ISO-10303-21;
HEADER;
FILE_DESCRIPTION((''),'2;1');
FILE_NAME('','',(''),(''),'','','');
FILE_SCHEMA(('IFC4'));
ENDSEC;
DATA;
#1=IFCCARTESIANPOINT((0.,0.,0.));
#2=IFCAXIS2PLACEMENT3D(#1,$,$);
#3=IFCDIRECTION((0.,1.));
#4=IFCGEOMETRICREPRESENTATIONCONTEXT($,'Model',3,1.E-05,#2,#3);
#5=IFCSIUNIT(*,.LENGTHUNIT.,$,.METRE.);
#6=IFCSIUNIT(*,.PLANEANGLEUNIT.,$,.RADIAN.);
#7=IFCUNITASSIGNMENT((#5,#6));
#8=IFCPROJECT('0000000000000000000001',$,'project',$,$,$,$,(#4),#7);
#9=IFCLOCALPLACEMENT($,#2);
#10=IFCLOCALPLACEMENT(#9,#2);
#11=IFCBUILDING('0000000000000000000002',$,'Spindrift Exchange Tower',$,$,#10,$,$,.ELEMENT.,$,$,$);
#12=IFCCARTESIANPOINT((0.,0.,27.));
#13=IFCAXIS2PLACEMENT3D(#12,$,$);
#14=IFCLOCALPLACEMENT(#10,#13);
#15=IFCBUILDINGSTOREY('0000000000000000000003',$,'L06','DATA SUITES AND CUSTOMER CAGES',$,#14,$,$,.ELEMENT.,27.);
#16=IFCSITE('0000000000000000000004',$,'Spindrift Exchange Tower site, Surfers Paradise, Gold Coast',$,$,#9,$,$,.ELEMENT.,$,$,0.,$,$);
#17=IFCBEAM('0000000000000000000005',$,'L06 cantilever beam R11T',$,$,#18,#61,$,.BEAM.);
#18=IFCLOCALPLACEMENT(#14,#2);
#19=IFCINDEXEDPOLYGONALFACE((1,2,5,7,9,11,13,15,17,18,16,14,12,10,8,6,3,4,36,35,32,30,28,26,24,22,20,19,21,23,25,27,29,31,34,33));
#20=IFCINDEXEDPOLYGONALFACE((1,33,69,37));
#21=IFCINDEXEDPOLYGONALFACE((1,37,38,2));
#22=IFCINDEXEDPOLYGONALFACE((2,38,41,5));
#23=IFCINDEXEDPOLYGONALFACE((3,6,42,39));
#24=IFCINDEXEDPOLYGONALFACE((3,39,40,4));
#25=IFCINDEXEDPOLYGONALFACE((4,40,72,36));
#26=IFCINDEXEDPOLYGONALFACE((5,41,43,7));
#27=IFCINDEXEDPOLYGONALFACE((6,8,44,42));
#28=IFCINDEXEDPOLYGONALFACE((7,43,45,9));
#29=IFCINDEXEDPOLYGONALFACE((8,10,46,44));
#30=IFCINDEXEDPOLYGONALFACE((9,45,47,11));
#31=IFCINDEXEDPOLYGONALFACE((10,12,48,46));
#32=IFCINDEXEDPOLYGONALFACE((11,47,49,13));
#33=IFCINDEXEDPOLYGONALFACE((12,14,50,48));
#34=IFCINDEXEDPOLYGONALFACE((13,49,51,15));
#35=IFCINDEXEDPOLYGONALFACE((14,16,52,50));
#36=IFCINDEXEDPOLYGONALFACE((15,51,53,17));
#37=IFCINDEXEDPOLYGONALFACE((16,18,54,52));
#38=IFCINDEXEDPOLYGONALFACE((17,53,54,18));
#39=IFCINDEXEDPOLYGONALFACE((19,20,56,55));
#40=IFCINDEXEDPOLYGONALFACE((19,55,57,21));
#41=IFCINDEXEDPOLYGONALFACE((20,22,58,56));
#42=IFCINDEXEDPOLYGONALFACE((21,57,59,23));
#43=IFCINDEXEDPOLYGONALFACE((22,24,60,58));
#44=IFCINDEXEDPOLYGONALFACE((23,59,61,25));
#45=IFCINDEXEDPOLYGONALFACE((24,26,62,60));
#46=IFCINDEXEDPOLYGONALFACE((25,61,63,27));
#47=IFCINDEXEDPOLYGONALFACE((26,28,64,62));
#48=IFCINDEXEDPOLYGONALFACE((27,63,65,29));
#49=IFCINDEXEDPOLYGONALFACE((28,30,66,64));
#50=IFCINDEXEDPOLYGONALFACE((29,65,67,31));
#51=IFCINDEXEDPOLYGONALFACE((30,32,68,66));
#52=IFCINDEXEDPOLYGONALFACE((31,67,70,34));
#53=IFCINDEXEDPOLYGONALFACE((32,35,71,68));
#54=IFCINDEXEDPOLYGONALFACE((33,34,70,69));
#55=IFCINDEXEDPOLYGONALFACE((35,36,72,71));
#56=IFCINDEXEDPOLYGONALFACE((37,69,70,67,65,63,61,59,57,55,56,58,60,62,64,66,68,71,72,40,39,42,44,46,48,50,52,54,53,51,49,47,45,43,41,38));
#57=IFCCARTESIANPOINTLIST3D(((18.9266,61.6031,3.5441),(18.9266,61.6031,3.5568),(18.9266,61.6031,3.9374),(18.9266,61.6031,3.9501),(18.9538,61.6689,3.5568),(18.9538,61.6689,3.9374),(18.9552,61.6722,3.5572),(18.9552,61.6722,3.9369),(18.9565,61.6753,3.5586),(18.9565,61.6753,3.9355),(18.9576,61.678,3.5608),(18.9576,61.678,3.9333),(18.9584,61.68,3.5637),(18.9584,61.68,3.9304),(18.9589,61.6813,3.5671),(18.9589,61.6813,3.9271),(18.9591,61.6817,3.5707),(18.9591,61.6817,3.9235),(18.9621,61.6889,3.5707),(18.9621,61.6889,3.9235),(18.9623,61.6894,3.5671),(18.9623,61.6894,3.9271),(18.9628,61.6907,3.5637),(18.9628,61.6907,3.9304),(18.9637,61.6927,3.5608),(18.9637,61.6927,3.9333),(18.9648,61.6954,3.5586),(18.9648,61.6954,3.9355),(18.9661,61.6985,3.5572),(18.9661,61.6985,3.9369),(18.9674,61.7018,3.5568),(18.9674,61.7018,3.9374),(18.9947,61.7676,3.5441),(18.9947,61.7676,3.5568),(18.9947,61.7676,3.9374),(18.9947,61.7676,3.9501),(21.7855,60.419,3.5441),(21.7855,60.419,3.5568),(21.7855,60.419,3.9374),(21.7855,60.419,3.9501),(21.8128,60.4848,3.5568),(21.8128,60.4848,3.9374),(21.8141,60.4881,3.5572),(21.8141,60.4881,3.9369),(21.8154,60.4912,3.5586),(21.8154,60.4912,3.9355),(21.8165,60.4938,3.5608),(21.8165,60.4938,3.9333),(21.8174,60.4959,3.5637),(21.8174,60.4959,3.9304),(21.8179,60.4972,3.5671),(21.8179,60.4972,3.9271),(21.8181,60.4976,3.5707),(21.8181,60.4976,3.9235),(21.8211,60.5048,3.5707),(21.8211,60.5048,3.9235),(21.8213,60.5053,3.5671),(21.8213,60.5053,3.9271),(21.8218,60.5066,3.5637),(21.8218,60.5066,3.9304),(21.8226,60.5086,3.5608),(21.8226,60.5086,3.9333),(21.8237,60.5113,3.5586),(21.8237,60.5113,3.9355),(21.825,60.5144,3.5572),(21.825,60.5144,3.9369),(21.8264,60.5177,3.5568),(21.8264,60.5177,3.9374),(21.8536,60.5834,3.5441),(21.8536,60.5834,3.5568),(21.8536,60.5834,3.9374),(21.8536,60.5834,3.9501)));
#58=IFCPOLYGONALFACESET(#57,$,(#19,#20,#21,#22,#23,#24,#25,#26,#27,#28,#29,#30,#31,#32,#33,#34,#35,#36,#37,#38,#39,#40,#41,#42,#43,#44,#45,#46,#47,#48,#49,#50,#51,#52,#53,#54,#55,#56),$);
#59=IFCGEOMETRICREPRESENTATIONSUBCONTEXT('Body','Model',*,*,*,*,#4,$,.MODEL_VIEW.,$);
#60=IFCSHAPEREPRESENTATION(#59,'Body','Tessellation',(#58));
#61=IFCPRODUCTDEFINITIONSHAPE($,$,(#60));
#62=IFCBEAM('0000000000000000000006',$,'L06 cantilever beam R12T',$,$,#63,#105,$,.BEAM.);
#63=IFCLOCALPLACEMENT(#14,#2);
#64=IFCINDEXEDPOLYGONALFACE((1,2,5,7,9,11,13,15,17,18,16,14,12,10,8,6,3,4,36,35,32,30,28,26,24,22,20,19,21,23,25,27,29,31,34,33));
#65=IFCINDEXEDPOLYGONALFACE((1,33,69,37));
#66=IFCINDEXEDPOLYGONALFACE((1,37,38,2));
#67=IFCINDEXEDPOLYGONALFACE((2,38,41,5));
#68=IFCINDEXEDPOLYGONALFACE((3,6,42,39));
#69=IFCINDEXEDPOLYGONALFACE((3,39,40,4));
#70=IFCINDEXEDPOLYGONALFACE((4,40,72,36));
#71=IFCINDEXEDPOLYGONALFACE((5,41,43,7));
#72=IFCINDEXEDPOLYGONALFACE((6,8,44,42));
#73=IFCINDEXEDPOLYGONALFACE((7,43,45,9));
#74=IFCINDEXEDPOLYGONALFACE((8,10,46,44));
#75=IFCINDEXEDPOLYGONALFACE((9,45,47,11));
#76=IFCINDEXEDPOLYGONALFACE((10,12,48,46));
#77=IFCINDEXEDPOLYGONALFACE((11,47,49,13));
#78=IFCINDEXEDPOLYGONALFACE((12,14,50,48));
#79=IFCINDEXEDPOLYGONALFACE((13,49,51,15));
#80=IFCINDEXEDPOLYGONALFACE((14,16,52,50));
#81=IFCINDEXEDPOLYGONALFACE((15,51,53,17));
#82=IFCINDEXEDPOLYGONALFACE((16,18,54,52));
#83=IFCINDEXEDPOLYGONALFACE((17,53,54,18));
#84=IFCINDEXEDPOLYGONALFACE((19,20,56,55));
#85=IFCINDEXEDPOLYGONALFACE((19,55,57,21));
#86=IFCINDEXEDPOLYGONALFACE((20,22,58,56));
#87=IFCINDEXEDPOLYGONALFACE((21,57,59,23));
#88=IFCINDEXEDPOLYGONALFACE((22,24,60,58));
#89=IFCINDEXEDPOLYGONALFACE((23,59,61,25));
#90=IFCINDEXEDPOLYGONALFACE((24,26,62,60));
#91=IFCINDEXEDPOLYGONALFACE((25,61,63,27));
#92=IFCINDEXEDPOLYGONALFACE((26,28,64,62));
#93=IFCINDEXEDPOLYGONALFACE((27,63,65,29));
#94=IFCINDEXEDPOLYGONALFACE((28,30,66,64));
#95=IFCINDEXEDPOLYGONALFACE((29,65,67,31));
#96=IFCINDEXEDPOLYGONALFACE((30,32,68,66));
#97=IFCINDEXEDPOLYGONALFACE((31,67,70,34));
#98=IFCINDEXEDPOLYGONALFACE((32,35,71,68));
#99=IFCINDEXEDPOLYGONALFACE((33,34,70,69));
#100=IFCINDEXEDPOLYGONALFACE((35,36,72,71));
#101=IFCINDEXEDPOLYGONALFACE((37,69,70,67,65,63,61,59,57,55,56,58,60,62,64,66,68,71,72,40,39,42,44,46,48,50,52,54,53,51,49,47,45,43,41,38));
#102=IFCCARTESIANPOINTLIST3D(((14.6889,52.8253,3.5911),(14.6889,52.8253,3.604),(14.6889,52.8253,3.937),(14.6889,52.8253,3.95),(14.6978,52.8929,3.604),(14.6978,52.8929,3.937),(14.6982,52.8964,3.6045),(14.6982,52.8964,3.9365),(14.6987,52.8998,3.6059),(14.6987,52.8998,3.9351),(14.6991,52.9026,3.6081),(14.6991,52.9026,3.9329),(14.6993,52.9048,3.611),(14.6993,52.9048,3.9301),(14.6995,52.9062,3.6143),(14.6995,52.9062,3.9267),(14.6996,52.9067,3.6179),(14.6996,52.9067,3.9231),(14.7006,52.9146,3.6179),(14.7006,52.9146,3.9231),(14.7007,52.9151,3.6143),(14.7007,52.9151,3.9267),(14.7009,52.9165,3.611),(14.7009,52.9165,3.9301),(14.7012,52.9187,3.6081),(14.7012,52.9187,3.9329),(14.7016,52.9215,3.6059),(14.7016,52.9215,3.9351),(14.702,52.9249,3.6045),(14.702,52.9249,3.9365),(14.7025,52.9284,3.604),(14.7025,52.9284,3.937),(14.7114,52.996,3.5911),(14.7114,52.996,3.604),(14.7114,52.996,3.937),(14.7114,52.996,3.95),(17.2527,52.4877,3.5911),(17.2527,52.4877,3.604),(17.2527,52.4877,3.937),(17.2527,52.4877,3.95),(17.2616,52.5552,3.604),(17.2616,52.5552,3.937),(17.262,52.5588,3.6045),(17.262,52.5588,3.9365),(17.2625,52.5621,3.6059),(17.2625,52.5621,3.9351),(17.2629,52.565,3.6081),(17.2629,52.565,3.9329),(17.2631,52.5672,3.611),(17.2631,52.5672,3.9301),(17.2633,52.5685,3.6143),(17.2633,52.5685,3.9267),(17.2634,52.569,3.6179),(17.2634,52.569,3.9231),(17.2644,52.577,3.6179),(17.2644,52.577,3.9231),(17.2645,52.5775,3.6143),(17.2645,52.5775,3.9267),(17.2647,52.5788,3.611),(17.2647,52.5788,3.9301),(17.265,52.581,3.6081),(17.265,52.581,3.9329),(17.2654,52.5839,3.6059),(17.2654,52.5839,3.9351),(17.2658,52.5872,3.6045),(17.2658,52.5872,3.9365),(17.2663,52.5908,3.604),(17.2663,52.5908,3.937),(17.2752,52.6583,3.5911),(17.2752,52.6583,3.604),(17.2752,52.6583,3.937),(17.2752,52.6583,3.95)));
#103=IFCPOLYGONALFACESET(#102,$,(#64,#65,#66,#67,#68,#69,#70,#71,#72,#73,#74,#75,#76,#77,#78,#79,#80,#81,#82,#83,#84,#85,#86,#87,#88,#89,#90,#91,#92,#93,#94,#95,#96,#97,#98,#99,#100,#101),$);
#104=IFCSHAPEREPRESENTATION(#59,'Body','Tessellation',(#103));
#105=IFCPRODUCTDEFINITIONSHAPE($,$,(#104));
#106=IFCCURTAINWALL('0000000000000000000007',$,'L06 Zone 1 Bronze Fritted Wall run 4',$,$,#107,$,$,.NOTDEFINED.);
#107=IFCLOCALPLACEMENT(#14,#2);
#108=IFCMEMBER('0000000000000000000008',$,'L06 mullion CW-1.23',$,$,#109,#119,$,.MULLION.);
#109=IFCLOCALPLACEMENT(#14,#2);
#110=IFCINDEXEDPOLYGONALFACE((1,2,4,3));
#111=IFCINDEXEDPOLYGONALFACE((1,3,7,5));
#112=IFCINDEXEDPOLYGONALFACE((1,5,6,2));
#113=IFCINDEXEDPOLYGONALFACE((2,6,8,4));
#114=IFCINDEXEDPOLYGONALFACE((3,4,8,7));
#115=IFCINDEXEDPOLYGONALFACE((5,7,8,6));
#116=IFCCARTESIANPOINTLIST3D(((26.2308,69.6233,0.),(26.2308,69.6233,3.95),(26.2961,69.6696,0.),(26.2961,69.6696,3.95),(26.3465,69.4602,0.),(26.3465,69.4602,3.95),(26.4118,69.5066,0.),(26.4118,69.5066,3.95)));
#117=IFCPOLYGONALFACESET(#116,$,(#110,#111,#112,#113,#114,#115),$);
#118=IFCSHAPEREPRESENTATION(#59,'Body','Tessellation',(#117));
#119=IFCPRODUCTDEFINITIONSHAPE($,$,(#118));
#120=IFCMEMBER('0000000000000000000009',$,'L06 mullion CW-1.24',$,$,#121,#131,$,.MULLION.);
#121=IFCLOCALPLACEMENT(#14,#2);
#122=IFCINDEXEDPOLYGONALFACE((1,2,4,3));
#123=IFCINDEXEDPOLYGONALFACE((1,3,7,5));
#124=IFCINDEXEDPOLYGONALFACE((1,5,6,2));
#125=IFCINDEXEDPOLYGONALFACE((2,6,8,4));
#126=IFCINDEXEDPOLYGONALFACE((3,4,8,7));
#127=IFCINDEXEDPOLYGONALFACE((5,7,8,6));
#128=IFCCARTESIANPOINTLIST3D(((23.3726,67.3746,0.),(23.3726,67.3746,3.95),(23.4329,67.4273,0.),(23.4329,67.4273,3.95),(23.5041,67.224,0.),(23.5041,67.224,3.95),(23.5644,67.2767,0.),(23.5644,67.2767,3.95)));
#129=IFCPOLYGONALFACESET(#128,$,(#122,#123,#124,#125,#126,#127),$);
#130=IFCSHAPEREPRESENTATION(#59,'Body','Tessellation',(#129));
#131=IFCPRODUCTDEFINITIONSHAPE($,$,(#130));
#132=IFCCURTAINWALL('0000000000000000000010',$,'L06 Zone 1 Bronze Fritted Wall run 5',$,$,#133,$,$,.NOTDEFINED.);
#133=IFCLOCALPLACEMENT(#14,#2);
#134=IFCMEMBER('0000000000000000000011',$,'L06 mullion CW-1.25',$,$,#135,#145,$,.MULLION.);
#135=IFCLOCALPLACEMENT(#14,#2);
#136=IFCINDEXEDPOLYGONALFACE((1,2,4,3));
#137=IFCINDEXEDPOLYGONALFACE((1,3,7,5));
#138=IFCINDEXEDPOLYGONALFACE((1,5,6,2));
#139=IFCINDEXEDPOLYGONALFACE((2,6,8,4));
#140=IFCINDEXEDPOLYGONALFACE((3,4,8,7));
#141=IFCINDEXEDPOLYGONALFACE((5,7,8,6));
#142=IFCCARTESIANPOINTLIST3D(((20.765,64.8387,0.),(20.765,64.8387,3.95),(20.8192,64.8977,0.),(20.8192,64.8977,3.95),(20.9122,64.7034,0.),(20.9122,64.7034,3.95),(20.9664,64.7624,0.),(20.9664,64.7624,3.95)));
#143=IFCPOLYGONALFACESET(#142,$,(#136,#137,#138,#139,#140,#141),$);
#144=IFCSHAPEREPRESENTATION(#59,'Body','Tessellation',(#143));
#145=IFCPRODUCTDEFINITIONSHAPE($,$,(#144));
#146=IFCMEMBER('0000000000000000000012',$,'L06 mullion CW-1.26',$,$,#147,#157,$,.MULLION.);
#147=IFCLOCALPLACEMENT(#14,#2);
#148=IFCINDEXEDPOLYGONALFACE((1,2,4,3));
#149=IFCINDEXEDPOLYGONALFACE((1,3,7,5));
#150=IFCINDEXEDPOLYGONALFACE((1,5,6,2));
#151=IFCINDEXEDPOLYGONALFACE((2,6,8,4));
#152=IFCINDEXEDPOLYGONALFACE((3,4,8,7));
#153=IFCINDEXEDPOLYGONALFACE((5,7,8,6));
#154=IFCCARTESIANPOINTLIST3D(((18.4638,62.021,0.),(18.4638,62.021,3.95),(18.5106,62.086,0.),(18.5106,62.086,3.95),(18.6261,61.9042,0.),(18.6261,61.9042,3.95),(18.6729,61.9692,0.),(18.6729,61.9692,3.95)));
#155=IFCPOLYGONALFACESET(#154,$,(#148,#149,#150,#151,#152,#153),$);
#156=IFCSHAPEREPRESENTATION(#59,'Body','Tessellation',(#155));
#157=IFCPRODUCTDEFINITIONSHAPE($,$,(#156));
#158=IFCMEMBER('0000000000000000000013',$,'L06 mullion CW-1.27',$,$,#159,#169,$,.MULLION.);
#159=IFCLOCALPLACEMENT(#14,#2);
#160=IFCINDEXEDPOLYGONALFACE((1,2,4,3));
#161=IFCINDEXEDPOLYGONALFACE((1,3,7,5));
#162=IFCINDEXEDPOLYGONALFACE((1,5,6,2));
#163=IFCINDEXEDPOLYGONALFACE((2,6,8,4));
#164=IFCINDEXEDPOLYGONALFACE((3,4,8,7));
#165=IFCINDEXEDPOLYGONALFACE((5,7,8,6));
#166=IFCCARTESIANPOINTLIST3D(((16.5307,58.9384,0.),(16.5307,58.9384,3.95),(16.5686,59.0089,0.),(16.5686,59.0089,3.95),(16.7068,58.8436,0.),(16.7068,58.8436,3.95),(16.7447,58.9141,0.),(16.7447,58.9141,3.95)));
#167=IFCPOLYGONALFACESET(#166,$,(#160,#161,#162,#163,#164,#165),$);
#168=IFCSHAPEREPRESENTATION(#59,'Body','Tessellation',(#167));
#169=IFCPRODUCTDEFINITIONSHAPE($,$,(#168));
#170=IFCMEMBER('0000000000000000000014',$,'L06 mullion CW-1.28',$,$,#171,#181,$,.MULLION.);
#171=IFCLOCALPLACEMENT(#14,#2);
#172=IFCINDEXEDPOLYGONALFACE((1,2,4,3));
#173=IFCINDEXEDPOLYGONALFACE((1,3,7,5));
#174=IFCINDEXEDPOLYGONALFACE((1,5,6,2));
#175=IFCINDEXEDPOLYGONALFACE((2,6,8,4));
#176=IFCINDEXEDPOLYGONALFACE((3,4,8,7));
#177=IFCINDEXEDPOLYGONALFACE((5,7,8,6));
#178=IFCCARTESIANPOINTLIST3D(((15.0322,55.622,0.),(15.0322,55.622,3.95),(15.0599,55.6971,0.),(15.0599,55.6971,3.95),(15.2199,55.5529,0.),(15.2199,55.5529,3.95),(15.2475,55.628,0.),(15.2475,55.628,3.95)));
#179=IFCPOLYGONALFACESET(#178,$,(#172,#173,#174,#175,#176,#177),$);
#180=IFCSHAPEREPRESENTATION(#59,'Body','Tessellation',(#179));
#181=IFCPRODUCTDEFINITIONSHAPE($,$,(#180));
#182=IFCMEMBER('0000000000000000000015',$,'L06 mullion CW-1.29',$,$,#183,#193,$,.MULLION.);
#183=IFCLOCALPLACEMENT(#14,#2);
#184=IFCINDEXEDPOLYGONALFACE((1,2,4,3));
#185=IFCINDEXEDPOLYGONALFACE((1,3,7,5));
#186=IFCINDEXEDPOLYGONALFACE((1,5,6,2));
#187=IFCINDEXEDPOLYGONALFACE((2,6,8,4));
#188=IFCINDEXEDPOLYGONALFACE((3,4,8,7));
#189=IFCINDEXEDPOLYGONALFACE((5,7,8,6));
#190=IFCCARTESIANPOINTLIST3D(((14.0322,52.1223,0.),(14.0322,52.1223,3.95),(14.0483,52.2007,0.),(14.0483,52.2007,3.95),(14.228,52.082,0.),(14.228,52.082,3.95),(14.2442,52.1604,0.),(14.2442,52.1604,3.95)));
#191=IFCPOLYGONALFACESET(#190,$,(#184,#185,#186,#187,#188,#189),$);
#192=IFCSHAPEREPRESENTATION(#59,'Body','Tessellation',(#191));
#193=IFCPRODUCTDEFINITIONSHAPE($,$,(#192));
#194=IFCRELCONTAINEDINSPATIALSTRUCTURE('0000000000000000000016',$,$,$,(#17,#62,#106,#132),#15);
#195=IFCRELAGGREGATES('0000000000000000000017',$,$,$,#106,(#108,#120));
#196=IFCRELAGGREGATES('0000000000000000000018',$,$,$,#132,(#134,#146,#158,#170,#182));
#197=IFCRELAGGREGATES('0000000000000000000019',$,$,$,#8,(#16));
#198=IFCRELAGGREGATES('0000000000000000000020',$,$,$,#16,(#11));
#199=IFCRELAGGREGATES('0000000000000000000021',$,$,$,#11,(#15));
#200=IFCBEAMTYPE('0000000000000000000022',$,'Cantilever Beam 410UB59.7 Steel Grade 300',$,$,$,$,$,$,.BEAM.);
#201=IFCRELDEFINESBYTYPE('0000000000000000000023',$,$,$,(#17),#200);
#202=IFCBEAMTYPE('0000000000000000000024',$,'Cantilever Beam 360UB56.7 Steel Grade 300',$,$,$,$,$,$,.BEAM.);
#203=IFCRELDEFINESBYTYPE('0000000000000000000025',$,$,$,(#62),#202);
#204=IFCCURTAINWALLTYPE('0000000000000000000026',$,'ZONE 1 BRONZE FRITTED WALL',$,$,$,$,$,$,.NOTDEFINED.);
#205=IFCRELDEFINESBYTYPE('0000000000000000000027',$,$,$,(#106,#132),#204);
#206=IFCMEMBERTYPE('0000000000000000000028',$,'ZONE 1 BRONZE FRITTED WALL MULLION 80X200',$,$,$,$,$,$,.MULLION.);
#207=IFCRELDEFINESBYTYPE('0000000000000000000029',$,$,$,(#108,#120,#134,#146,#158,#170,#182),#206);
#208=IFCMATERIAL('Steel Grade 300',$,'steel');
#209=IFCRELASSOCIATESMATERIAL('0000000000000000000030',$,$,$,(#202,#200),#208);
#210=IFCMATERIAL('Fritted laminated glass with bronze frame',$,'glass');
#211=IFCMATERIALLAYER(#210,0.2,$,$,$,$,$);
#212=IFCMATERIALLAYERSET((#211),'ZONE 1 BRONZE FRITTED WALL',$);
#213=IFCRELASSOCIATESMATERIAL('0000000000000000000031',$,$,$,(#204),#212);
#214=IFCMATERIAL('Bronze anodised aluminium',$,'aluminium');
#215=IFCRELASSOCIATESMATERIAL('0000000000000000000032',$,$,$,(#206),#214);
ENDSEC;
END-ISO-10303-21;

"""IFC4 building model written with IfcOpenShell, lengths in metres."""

from ifc_helpers import new_model, si_unit, direction, frame, origin, origin_2d, place, context, subcontext, project, spatial, rectangle, i_section, extrude, source, transform, mapped, material, layer, layer_set, material_profile, profile_set, type_object, element, aggregate, save


model = new_model("IFC4")

# Units and contexts
model_context = context("Model", 3, precision=1e-05, world=origin(), true_north=direction((0.0, 1.0)))
body_context = subcontext(model_context, "Body", "Model", "MODEL_VIEW")
ifc_project = project(units=[si_unit("LENGTHUNIT", "METRE"), si_unit("PLANEANGLEUNIT", "RADIAN")], contexts=[model_context])

# Site, building, storey
site_placement = place(None, origin())
site = spatial("IfcSite", under=ifc_project, at=site_placement, Name="Spindrift Exchange Tower site, Surfers Paradise, Gold Coast", CompositionType="ELEMENT", RefElevation=0.0)
building_placement = place(site_placement, origin())
building = spatial("IfcBuilding", under=site, at=building_placement, Name="Spindrift Exchange Tower", CompositionType="ELEMENT")
storey_placement = place(building_placement, frame((0.0, 0.0, 27.0)))
storey = spatial("IfcBuildingStorey", under=building, at=storey_placement, Name="L06", Description="DATA SUITES AND CUSTOMER CAGES", CompositionType="ELEMENT", Elevation=27.0)

# Beams
ifc_material_1 = material(Name="Steel Grade 300", Category="steel")
ifc_material_profile_1 = material_profile(ifc_material_1, i_section(OverallWidth=0.1721, OverallDepth=0.3589, WebThickness=0.0081, FlangeThickness=0.0129, FilletRadius=0.0139, at=origin_2d()), Name="360UB56.7")
ifc_profile_set_1 = profile_set([ifc_material_profile_1], Name="Steel Grade 300")
beam_type_1 = type_object("IfcBeamType", Name="Cantilever Beam 360UB56.7 Steel Grade 300", PredefinedType="BEAM", material=ifc_profile_set_1)
ifc_material_profile_2 = material_profile(ifc_material_1, i_section(OverallWidth=0.178, OverallDepth=0.406, WebThickness=0.0078, FlangeThickness=0.0127, FilletRadius=0.0139, at=origin_2d()), Name="410UB59.7")
ifc_profile_set_2 = profile_set([ifc_material_profile_2], Name="Steel Grade 300")
beam_type_2 = type_object("IfcBeamType", Name="Cantilever Beam 410UB59.7 Steel Grade 300", PredefinedType="BEAM", material=ifc_profile_set_2)
shared_shape_1 = source(origin(), body_context, "Body", "SweptSolid", [
    extrude(i_section(OverallWidth=0.178, OverallDepth=0.406, WebThickness=0.0078, FlangeThickness=0.0127, FilletRadius=0.0139, at=origin_2d()), origin(), (0.0, 0.0, 1.0), 3.0945),
])
beam_1_placement = place(storey_placement, frame((21.8196, 60.5012, 3.7471), z_axis=(-0.923892, 0.382654, 0.0), x_axis=(-0.382654, -0.923892, 0.0)))
element("IfcBeam", 1, at=beam_1_placement, inside=storey, type_object=beam_type_2, Name="L06 cantilever beam R11T", PredefinedType="BEAM", context=body_context, shape_type="MappedRepresentation", body=[
    mapped(shared_shape_1, transform((0.0, 0.0, 0.0), scale=1.0)),
])
shared_shape_2 = source(origin(), body_context, "Body", "SweptSolid", [
    extrude(i_section(OverallWidth=0.1721, OverallDepth=0.3589, WebThickness=0.0081, FlangeThickness=0.0129, FilletRadius=0.0139, at=origin_2d()), origin(), (0.0, 0.0, 1.0), 2.5859),
])
beam_2_placement = place(storey_placement, frame((17.2639, 52.573, 3.7705), z_axis=(-0.991439, 0.130574, 0.0), x_axis=(-0.130574, -0.991439, 0.0)))
element("IfcBeam", 2, at=beam_2_placement, inside=storey, type_object=beam_type_1, Name="L06 cantilever beam R12T", PredefinedType="BEAM", context=body_context, shape_type="MappedRepresentation", body=[
    mapped(shared_shape_2, transform((0.0, 0.0, 0.0), scale=1.0)),
])

# Curtain walls, members
ifc_material_2 = material(Name="Fritted laminated glass with bronze frame", Category="glass")
ifc_layer_1 = layer(ifc_material_2, 0.2)
ifc_layer_set_1 = layer_set([ifc_layer_1], Name="ZONE 1 BRONZE FRITTED WALL")
curtain_wall_type = type_object("IfcCurtainWallType", Name="ZONE 1 BRONZE FRITTED WALL", PredefinedType="NOTDEFINED", material=ifc_layer_set_1)
curtain_wall_1_placement = place(storey_placement, origin())
curtain_wall_1 = element("IfcCurtainWall", 3, at=curtain_wall_1_placement, inside=storey, type_object=curtain_wall_type, Name="L06 Zone 1 Bronze Fritted Wall run 4", PredefinedType="NOTDEFINED")
ifc_material_3 = material(Name="Bronze anodised aluminium", Category="aluminium")
ifc_material_profile_3 = material_profile(ifc_material_3, rectangle(XDim=0.0801, YDim=0.2, at=origin_2d()), Name="ZONE 1 BRONZE FRITTED WALL MULLION 80X200")
ifc_profile_set_3 = profile_set([ifc_material_profile_3], Name="Bronze anodised aluminium")
member_type_1 = type_object("IfcMemberType", Name="ZONE 1 BRONZE FRITTED WALL MULLION 80X200", PredefinedType="MULLION", material=ifc_profile_set_3)
shared_shape_3 = source(origin(), body_context, "Body", "SweptSolid", [
    extrude(rectangle(XDim=0.0801, YDim=0.2, at=origin_2d()), origin(), (0.0, 0.0, 1.0), 3.95),
])
member_1_placement = place(storey_placement, frame((26.3213, 69.5649, 0.0), z_axis=(0.0, 0.0, 1.0), x_axis=(-0.815613, -0.578599, 0.0)))
member_1 = element("IfcMember", 4, at=member_1_placement, type_object=member_type_1, Name="L06 mullion CW-1.23", PredefinedType="MULLION", context=body_context, shape_type="MappedRepresentation", body=[
    mapped(shared_shape_3, transform((0.0, 0.0, 0.0), scale=1.0)),
])
member_2_placement = place(storey_placement, frame((23.4685, 67.3257, 0.0), z_axis=(0.0, 0.0, 1.0), x_axis=(-0.753208, -0.657783, 0.0)))
member_2 = element("IfcMember", 5, at=member_2_placement, type_object=member_type_1, Name="L06 mullion CW-1.24", PredefinedType="MULLION", context=body_context, shape_type="MappedRepresentation", body=[
    mapped(shared_shape_3, transform((0.0, 0.0, 0.0), scale=1.0)),
])
curtain_wall_2_placement = place(storey_placement, origin())
curtain_wall_2 = element("IfcCurtainWall", 6, at=curtain_wall_2_placement, inside=storey, type_object=curtain_wall_type, Name="L06 Zone 1 Bronze Fritted Wall run 5", PredefinedType="NOTDEFINED")
member_3_placement = place(storey_placement, frame((20.8657, 64.8005, 0.0), z_axis=(0.0, 0.0, 1.0), x_axis=(-0.676751, -0.736212, 0.0)))
member_3 = element("IfcMember", 7, at=member_3_placement, type_object=member_type_1, Name="L06 mullion CW-1.25", PredefinedType="MULLION", context=body_context, shape_type="MappedRepresentation", body=[
    mapped(shared_shape_3, transform((0.0, 0.0, 0.0), scale=1.0)),
])
member_4_placement = place(storey_placement, frame((18.5684, 61.9951, 0.0), z_axis=(0.0, 0.0, 1.0), x_axis=(-0.584181, -0.811623, 0.0)))
member_4 = element("IfcMember", 8, at=member_4_placement, type_object=member_type_1, Name="L06 mullion CW-1.26", PredefinedType="MULLION", context=body_context, shape_type="MappedRepresentation", body=[
    mapped(shared_shape_3, transform((0.0, 0.0, 0.0), scale=1.0)),
])
member_5_placement = place(storey_placement, frame((16.6377, 58.9263, 0.0), z_axis=(0.0, 0.0, 1.0), x_axis=(-0.473908, -0.880574, 0.0)))
member_5 = element("IfcMember", 9, at=member_5_placement, type_object=member_type_1, Name="L06 mullion CW-1.27", PredefinedType="MULLION", context=body_context, shape_type="MappedRepresentation", body=[
    mapped(shared_shape_3, transform((0.0, 0.0, 0.0), scale=1.0)),
])
member_6_placement = place(storey_placement, frame((15.1399, 55.625, 0.0), z_axis=(0.0, 0.0, 1.0), x_axis=(-0.345672, -0.938356, 0.0)))
member_6 = element("IfcMember", 10, at=member_6_placement, type_object=member_type_1, Name="L06 mullion CW-1.28", PredefinedType="MULLION", context=body_context, shape_type="MappedRepresentation", body=[
    mapped(shared_shape_3, transform((0.0, 0.0, 0.0), scale=1.0)),
])
member_7_placement = place(storey_placement, frame((14.1382, 52.1414, 0.0), z_axis=(0.0, 0.0, 1.0), x_axis=(-0.201514, -0.979486, 0.0)))
member_7 = element("IfcMember", 11, at=member_7_placement, type_object=member_type_1, Name="L06 mullion CW-1.29", PredefinedType="MULLION", context=body_context, shape_type="MappedRepresentation", body=[
    mapped(shared_shape_3, transform((0.0, 0.0, 0.0), scale=1.0)),
])

aggregate(curtain_wall_1, [member_1, member_2])
aggregate(curtain_wall_2, [member_3, member_4, member_5, member_6, member_7])

save(model, "model.ifc")
